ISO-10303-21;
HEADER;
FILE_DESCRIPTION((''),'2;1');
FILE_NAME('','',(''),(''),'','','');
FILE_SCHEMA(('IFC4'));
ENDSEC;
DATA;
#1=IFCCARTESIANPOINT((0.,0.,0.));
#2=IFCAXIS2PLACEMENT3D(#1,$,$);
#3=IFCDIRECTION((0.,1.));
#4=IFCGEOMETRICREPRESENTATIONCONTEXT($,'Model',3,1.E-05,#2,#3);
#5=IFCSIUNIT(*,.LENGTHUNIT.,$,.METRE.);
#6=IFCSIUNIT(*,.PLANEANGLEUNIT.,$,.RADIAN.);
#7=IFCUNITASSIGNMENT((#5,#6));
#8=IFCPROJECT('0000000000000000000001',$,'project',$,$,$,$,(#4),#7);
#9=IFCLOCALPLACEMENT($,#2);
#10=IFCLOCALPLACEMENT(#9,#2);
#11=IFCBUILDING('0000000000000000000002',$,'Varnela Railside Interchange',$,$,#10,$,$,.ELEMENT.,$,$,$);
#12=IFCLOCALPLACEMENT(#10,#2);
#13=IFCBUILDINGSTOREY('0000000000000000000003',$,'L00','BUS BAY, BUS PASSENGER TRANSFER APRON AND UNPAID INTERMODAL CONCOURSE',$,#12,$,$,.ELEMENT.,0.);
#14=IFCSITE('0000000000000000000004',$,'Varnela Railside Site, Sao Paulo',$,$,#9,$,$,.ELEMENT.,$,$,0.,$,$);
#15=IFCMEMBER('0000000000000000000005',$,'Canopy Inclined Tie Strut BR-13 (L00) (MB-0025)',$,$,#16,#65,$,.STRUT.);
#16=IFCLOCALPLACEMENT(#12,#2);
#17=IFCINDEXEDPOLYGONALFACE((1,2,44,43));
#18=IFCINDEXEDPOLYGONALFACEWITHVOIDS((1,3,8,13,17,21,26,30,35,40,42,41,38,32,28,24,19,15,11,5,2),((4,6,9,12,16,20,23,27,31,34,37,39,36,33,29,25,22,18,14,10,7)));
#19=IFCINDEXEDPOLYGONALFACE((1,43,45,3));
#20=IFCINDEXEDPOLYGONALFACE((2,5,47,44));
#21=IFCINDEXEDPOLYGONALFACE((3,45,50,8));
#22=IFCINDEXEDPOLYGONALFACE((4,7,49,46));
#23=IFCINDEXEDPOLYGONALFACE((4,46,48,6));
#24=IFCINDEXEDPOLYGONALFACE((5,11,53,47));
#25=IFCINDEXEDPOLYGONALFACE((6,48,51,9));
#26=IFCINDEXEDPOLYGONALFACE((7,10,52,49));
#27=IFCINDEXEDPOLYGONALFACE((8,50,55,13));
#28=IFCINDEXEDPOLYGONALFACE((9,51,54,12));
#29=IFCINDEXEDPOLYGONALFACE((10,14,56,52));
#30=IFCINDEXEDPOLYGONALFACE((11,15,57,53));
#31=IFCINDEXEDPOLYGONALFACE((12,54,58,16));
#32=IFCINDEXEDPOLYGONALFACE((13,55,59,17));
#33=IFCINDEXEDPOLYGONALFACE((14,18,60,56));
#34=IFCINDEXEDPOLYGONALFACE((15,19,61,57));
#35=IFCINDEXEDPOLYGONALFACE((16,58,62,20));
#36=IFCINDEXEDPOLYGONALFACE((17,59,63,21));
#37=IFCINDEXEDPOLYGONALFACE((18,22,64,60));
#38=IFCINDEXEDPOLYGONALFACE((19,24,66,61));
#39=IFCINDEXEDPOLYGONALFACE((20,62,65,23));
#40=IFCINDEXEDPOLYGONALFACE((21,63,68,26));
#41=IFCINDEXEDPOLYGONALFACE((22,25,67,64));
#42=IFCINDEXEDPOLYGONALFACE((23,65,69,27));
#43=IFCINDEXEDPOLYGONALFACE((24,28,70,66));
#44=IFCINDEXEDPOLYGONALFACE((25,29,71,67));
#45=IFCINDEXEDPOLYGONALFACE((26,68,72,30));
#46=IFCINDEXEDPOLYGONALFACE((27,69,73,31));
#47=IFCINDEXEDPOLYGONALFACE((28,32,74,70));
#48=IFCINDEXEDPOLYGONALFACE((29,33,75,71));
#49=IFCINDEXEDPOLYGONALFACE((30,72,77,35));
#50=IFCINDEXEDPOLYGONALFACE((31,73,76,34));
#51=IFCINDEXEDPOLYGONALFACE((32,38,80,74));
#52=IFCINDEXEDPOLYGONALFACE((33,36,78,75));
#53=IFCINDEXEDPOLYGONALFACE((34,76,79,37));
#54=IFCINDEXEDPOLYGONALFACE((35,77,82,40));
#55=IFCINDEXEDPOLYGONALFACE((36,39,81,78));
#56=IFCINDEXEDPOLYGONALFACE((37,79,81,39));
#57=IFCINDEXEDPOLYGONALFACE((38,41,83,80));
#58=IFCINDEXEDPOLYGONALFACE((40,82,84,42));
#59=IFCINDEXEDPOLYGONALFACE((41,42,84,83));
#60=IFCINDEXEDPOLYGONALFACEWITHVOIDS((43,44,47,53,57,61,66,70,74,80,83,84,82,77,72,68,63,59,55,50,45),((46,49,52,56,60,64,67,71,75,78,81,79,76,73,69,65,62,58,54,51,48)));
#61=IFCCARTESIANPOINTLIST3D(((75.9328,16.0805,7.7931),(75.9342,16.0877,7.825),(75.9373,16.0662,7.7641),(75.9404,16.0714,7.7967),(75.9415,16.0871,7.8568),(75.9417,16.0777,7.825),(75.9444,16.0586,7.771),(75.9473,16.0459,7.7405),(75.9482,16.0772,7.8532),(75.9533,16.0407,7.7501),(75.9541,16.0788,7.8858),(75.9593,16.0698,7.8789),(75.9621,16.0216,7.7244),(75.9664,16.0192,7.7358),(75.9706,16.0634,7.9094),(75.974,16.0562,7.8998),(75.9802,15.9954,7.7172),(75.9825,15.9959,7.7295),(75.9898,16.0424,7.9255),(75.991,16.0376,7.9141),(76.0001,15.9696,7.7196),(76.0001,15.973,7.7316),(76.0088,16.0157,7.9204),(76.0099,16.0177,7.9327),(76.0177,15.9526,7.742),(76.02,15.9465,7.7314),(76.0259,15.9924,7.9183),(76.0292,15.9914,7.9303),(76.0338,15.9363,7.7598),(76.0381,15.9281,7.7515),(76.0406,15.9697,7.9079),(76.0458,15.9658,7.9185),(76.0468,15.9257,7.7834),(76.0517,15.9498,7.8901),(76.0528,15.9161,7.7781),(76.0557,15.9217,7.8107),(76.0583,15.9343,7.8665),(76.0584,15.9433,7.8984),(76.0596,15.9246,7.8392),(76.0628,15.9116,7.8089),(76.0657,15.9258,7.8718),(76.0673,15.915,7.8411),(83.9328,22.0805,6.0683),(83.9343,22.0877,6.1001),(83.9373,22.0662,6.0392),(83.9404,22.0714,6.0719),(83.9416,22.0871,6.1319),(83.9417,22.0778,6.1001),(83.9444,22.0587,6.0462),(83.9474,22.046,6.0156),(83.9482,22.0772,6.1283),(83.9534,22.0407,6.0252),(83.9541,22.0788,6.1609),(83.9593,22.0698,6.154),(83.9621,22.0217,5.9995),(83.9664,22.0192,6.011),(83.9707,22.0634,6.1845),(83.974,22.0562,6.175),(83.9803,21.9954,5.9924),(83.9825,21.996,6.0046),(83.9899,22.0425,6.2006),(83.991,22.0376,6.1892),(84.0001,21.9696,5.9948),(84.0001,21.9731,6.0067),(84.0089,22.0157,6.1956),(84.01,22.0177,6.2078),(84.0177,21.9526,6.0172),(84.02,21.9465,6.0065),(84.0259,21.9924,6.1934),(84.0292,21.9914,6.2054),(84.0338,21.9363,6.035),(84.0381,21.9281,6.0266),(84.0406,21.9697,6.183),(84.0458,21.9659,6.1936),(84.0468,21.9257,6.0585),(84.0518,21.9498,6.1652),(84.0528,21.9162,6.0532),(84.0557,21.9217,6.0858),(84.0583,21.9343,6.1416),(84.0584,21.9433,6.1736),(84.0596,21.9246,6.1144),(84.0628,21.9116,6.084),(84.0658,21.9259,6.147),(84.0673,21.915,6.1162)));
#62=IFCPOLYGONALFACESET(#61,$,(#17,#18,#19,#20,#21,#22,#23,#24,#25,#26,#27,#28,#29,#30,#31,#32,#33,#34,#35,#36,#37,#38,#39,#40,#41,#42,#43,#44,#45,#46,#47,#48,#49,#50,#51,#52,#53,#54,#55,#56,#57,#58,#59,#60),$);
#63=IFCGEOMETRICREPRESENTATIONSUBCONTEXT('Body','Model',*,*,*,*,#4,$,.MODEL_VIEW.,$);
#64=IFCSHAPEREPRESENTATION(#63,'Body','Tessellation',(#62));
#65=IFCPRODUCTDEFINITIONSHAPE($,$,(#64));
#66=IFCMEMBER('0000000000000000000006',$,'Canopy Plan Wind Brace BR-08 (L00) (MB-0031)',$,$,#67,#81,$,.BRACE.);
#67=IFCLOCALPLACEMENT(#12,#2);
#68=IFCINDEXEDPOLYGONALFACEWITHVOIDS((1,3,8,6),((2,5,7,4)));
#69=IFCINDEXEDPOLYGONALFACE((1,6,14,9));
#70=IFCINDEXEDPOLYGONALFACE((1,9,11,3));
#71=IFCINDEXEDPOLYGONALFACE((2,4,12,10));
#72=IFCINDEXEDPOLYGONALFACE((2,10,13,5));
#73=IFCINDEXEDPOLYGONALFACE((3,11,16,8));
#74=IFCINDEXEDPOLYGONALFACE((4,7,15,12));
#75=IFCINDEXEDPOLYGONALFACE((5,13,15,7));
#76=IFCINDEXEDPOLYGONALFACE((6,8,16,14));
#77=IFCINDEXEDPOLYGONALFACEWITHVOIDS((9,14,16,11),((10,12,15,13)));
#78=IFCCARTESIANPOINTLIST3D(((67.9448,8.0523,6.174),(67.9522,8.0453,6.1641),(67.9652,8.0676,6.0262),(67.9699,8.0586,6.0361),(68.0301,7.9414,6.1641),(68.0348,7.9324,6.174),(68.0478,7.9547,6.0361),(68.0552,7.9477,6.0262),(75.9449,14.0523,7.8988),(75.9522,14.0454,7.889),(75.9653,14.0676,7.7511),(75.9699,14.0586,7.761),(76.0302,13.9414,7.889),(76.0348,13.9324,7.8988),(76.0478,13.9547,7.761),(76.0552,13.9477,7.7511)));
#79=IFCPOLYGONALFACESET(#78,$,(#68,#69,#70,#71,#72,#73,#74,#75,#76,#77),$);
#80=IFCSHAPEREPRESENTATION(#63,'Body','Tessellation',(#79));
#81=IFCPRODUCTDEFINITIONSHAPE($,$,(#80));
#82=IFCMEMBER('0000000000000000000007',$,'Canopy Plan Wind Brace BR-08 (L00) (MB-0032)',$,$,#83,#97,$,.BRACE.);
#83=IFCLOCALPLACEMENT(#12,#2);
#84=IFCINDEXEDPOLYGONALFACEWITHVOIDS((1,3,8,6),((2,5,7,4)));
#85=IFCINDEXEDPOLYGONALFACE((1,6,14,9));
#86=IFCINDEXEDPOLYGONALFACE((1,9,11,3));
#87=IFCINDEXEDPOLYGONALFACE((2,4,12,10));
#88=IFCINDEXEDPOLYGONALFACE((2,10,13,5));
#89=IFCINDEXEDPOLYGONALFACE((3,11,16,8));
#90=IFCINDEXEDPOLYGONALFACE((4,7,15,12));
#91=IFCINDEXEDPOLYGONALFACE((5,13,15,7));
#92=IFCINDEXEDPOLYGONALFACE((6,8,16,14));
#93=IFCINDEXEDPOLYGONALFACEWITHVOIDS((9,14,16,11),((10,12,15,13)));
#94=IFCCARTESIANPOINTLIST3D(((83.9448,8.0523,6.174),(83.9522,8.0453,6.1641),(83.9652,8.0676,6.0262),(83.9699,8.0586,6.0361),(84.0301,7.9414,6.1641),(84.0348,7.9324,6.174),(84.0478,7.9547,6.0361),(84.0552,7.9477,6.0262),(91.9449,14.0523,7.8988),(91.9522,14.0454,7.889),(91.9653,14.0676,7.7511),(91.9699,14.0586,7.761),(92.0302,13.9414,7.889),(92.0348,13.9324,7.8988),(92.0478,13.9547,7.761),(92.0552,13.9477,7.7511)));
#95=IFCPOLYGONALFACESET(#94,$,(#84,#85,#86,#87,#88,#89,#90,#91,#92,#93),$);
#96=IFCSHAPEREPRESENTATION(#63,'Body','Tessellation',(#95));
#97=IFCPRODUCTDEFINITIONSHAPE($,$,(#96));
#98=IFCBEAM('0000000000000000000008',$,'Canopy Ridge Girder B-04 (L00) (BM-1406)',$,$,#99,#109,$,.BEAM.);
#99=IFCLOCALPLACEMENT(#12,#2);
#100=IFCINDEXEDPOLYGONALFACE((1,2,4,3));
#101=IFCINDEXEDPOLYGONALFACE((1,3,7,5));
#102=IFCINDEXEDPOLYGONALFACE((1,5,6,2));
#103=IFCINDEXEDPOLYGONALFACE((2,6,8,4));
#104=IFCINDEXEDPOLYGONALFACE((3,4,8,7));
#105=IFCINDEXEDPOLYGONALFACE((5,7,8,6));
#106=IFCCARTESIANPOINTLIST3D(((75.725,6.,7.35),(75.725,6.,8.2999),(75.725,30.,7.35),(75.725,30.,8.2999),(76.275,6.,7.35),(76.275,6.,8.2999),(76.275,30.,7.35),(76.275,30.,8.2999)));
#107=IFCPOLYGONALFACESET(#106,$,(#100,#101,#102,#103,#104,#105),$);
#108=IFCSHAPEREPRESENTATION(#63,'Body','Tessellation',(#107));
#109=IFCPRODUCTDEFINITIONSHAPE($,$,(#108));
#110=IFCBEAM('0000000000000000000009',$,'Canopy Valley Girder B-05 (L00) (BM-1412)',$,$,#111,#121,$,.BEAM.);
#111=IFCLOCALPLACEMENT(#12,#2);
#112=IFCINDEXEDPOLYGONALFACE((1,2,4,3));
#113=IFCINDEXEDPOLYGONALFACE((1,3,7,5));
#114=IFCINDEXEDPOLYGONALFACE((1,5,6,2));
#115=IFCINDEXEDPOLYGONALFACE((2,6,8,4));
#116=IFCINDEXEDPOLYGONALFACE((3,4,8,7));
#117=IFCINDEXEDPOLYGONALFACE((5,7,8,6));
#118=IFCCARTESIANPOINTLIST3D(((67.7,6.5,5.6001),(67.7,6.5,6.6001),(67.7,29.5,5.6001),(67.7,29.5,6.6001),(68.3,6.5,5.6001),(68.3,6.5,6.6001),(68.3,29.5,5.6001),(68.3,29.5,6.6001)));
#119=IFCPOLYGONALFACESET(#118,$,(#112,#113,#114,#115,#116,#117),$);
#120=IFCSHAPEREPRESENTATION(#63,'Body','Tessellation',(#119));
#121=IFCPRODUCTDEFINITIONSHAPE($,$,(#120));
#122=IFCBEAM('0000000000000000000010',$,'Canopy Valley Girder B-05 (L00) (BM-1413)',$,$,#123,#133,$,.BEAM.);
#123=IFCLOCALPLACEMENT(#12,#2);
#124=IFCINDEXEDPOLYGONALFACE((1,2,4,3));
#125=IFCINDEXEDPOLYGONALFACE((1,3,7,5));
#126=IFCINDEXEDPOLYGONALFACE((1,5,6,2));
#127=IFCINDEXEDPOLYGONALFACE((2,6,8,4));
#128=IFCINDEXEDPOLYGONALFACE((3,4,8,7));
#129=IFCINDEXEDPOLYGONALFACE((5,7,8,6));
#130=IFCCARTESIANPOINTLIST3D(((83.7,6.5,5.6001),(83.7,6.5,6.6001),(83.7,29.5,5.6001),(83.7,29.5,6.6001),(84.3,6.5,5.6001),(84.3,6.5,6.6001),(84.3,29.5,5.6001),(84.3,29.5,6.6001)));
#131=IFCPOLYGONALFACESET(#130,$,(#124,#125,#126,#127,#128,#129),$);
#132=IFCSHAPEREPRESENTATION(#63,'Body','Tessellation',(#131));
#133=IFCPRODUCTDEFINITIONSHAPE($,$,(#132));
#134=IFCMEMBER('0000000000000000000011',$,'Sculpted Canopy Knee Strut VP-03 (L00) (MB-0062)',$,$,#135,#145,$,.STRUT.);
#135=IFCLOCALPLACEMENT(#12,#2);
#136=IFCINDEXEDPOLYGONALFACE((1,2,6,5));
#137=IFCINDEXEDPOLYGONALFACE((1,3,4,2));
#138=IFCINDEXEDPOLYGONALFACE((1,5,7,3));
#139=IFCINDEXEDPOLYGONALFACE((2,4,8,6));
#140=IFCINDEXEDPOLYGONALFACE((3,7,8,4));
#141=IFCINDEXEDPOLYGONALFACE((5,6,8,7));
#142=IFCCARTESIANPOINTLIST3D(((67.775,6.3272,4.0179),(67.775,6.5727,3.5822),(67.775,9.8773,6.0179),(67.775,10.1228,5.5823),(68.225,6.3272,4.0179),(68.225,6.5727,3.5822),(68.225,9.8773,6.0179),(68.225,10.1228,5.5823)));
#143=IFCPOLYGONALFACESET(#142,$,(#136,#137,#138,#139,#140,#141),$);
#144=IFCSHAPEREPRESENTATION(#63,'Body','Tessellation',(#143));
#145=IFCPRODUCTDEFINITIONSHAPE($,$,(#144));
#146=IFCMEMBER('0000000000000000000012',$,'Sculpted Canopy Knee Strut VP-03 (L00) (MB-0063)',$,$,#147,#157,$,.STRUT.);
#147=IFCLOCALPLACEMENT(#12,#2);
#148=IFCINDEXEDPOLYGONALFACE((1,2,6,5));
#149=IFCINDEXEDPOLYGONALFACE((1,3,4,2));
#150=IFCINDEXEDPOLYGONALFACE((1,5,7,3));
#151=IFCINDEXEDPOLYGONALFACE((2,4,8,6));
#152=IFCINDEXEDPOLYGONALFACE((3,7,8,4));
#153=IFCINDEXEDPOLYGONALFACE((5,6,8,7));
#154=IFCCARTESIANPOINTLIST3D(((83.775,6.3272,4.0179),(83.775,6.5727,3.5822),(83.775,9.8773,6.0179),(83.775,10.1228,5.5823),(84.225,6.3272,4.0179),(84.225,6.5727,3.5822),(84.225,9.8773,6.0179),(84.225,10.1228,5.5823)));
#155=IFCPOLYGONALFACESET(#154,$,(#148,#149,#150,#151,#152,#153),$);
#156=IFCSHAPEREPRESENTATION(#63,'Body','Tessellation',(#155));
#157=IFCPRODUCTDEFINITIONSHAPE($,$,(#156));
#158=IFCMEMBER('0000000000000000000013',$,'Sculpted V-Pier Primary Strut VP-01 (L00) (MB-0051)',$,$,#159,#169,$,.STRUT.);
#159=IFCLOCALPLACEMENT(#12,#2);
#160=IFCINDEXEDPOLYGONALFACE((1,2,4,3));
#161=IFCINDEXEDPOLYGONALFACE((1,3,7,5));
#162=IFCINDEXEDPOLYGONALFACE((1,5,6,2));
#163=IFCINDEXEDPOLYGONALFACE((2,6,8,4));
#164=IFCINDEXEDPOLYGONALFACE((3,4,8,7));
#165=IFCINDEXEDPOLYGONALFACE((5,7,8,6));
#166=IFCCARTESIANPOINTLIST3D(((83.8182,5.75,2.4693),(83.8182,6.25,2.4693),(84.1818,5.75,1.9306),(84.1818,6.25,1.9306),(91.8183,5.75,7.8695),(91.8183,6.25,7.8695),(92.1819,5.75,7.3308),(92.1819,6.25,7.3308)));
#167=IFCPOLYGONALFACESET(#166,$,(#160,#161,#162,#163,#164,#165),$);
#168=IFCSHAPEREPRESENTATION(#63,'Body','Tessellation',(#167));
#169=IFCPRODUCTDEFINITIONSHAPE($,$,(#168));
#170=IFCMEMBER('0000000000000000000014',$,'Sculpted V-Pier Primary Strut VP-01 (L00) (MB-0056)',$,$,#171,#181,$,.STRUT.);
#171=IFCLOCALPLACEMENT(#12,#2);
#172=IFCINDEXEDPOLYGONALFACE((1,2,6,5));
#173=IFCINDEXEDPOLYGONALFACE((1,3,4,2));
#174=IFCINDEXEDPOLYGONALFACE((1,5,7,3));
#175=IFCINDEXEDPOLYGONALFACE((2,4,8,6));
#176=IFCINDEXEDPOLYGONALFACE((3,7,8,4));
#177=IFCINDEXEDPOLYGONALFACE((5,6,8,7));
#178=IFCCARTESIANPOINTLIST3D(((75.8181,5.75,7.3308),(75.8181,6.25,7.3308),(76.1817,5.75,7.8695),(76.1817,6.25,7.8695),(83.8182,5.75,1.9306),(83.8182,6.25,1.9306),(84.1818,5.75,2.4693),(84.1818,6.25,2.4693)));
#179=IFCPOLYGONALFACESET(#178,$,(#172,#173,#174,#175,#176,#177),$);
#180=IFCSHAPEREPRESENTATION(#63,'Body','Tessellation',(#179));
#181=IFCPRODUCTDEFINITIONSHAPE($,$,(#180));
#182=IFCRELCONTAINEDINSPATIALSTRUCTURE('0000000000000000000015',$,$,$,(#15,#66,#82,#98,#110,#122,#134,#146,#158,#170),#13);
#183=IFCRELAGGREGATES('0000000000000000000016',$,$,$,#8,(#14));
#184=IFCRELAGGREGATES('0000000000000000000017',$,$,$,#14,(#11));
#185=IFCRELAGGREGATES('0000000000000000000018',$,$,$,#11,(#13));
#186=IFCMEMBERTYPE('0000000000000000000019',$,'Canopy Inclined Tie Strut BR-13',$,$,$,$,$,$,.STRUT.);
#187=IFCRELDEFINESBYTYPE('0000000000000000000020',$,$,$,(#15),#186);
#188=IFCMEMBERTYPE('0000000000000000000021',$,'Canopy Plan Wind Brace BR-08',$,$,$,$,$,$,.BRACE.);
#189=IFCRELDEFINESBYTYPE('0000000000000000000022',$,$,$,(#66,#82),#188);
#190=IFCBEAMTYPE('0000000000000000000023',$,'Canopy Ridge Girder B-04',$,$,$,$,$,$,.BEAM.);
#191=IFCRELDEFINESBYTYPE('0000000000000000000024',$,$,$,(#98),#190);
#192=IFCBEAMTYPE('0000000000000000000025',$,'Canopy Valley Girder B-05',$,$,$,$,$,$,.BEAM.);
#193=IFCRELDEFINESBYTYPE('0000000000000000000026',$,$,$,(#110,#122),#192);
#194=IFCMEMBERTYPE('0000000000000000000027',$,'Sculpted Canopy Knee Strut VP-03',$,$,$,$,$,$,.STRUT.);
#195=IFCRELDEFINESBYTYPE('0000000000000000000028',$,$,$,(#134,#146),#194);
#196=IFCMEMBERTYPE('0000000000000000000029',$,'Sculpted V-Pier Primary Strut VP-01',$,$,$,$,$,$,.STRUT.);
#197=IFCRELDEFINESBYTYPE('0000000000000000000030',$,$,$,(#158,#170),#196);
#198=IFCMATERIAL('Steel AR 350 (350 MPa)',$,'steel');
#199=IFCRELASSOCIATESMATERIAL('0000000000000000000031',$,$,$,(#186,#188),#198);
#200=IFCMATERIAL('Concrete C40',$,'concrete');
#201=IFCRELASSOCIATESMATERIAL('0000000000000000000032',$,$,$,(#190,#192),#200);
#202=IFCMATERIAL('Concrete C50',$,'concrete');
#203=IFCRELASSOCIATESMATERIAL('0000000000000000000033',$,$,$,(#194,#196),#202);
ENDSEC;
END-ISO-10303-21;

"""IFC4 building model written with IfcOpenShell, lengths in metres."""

from ifc_helpers import new_model, si_unit, direction, frame, origin, origin_2d, place, context, subcontext, project, spatial, rectangle, hollow_rectangle, hollow_circle, extrude, material, material_profile, profile_set, type_object, element, save


model = new_model("IFC4")

# Units and contexts
model_context = context("Model", 3, precision=1e-05, world=origin(), true_north=direction((0.0, 1.0)))
body_context = subcontext(model_context, "Body", "Model", "MODEL_VIEW")
ifc_project = project(units=[si_unit("LENGTHUNIT", "METRE"), si_unit("PLANEANGLEUNIT", "RADIAN")], contexts=[model_context])

# Site, building, storey
site_placement = place(None, origin())
site = spatial("IfcSite", under=ifc_project, at=site_placement, Name="Varnela Railside Site, Sao Paulo", CompositionType="ELEMENT", RefElevation=0.0)
building_placement = place(site_placement, origin())
building = spatial("IfcBuilding", under=site, at=building_placement, Name="Varnela Railside Interchange", CompositionType="ELEMENT")
storey_placement = place(building_placement, origin())
storey = spatial("IfcBuildingStorey", under=building, at=storey_placement, Name="L00", Description="BUS BAY, BUS PASSENGER TRANSFER APRON AND UNPAID INTERMODAL CONCOURSE", CompositionType="ELEMENT", Elevation=0.0)

# Shared definitions
ifc_material_1 = material(Name="Concrete C50", Category="concrete")

# Shared definitions
ifc_material_2 = material(Name="Concrete C40", Category="concrete")

# Members
ifc_material_3 = material(Name="Steel AR 350 (350 MPa)", Category="steel")
ifc_material_profile_1 = material_profile(ifc_material_3, hollow_circle(Radius=0.1096, WallThickness=0.0125, at=origin_2d()), Name="CHS 219.1x12.5")
ifc_profile_set_1 = profile_set([ifc_material_profile_1], Name="Steel AR 350 (350 MPa)")
member_type_1 = type_object("IfcMemberType", Name="Canopy Inclined Tie Strut BR-13", PredefinedType="STRUT", material=ifc_profile_set_1)
for number, where, z_axis, x_axis, name in (
    (1, (76.0, 16.0, 7.825), (0.788359, 0.591269, -0.169975), (-0.6, 0.8, 0.0), "Canopy Inclined Tie Strut BR-13 (L00) (MB-0025)"),
):
    element("IfcMember", number, at=place(storey_placement, frame(where, z_axis=z_axis, x_axis=x_axis)), inside=storey, type_object=member_type_1, Name=name, PredefinedType="STRUT", context=body_context, shape_type="SweptSolid", body=[
        extrude(hollow_circle(Radius=0.1096, WallThickness=0.0125, at=origin_2d()), origin(), (0.0, 0.0, 1.0), 10.1477),
    ])
ifc_material_profile_2 = material_profile(ifc_material_3, hollow_rectangle(XDim=0.1499, YDim=0.1499, WallThickness=0.01, at=origin_2d()), Name="HSS 150x150x10")
ifc_profile_set_2 = profile_set([ifc_material_profile_2], Name="Steel AR 350 (350 MPa)")
member_type_2 = type_object("IfcMemberType", Name="Canopy Plan Wind Brace BR-08", PredefinedType="BRACE", material=ifc_profile_set_2)
for number, where, z_axis, x_axis, name in (
    (2, (68.0, 8.0, 6.1001), (0.788359, 0.591269, 0.169975), (-0.6, 0.8, 0.0), "Canopy Plan Wind Brace BR-08 (L00) (MB-0031)"),
    (3, (84.0, 8.0, 6.1001), (0.788359, 0.591269, 0.169975), (-0.6, 0.8, 0.0), "Canopy Plan Wind Brace BR-08 (L00) (MB-0032)"),
):
    element("IfcMember", number, at=place(storey_placement, frame(where, z_axis=z_axis, x_axis=x_axis)), inside=storey, type_object=member_type_2, Name=name, PredefinedType="BRACE", context=body_context, shape_type="SweptSolid", body=[
        extrude(hollow_rectangle(XDim=0.1499, YDim=0.1499, WallThickness=0.01, at=origin_2d()), origin(), (0.0, 0.0, 1.0), 10.1477),
    ])

# Beams
ifc_material_profile_3 = material_profile(ifc_material_2, rectangle(XDim=0.55, YDim=0.95, at=origin_2d()), Name="RC 550x950")
ifc_profile_set_3 = profile_set([ifc_material_profile_3], Name="Concrete C40")
beam_type_1 = type_object("IfcBeamType", Name="Canopy Ridge Girder B-04", PredefinedType="BEAM", material=ifc_profile_set_3)
beam_1_placement = place(storey_placement, frame((76.0, 6.0, 7.825), z_axis=(0.0, 1.0, 0.0), x_axis=(-1.0, 0.0, 0.0)))
element("IfcBeam", 4, at=beam_1_placement, inside=storey, type_object=beam_type_1, Name="Canopy Ridge Girder B-04 (L00) (BM-1406)", PredefinedType="BEAM", context=body_context, shape_type="SweptSolid", body=[
    extrude(rectangle(XDim=0.55, YDim=0.95, at=origin_2d()), origin(), (0.0, 0.0, 1.0), 24.0),
])
ifc_material_profile_4 = material_profile(ifc_material_2, rectangle(XDim=0.6001, YDim=1.0, at=origin_2d()), Name="RC 600x1000")
ifc_profile_set_4 = profile_set([ifc_material_profile_4], Name="Concrete C40")
beam_type_2 = type_object("IfcBeamType", Name="Canopy Valley Girder B-05", PredefinedType="BEAM", material=ifc_profile_set_4)
for number, where, z_axis, x_axis, name in (
    (5, (68.0, 6.5, 6.1001), (0.0, 1.0, 0.0), (-1.0, 0.0, 0.0), "Canopy Valley Girder B-05 (L00) (BM-1412)"),
    (6, (84.0, 6.5, 6.1001), (0.0, 1.0, 0.0), (-1.0, 0.0, 0.0), "Canopy Valley Girder B-05 (L00) (BM-1413)"),
):
    element("IfcBeam", number, at=place(storey_placement, frame(where, z_axis=z_axis, x_axis=x_axis)), inside=storey, type_object=beam_type_2, Name=name, PredefinedType="BEAM", context=body_context, shape_type="SweptSolid", body=[
        extrude(rectangle(XDim=0.6001, YDim=1.0, at=origin_2d()), origin(), (0.0, 0.0, 1.0), 23.0),
    ])

# Members
ifc_material_profile_5 = material_profile(ifc_material_1, rectangle(XDim=0.45, YDim=0.5, at=origin_2d()), Name="RC 450x500")
ifc_profile_set_5 = profile_set([ifc_material_profile_5], Name="Concrete C50")
member_type_3 = type_object("IfcMemberType", Name="Sculpted Canopy Knee Strut VP-03", PredefinedType="STRUT", material=ifc_profile_set_5)
for number, where, z_axis, x_axis, name in (
    (7, (68.0, 6.45, 3.8), (0.0, 0.871251, 0.490839), (-1.0, 0.0, 0.0), "Sculpted Canopy Knee Strut VP-03 (L00) (MB-0062)"),
    (8, (84.0, 6.45, 3.8), (0.0, 0.871251, 0.490839), (-1.0, 0.0, 0.0), "Sculpted Canopy Knee Strut VP-03 (L00) (MB-0063)"),
):
    element("IfcMember", number, at=place(storey_placement, frame(where, z_axis=z_axis, x_axis=x_axis)), inside=storey, type_object=member_type_3, Name=name, PredefinedType="STRUT", context=body_context, shape_type="SweptSolid", body=[
        extrude(rectangle(XDim=0.45, YDim=0.5, at=origin_2d()), origin(), (0.0, 0.0, 1.0), 4.0747),
    ])
ifc_material_profile_6 = material_profile(ifc_material_1, rectangle(XDim=0.5, YDim=0.6499, at=origin_2d()), Name="RC 500x650")
ifc_profile_set_6 = profile_set([ifc_material_profile_6], Name="Concrete C50")
member_type_4 = type_object("IfcMemberType", Name="Sculpted V-Pier Primary Strut VP-01", PredefinedType="STRUT", material=ifc_profile_set_6)
for number, where, z_axis, x_axis, name in (
    (9, (84.0, 6.0, 2.2), (0.828842, 0.0, 0.559483), (0.0, 1.0, 0.0), "Sculpted V-Pier Primary Strut VP-01 (L00) (MB-0051)"),
    (10, (84.0, 6.0, 2.2), (-0.828842, 0.0, 0.559483), (0.0, -1.0, 0.0), "Sculpted V-Pier Primary Strut VP-01 (L00) (MB-0056)"),
):
    element("IfcMember", number, at=place(storey_placement, frame(where, z_axis=z_axis, x_axis=x_axis)), inside=storey, type_object=member_type_4, Name=name, PredefinedType="STRUT", context=body_context, shape_type="SweptSolid", body=[
        extrude(rectangle(XDim=0.5, YDim=0.6499, at=origin_2d()), origin(), (0.0, 0.0, 1.0), 9.6521),
    ])

save(model, "model.ifc")
